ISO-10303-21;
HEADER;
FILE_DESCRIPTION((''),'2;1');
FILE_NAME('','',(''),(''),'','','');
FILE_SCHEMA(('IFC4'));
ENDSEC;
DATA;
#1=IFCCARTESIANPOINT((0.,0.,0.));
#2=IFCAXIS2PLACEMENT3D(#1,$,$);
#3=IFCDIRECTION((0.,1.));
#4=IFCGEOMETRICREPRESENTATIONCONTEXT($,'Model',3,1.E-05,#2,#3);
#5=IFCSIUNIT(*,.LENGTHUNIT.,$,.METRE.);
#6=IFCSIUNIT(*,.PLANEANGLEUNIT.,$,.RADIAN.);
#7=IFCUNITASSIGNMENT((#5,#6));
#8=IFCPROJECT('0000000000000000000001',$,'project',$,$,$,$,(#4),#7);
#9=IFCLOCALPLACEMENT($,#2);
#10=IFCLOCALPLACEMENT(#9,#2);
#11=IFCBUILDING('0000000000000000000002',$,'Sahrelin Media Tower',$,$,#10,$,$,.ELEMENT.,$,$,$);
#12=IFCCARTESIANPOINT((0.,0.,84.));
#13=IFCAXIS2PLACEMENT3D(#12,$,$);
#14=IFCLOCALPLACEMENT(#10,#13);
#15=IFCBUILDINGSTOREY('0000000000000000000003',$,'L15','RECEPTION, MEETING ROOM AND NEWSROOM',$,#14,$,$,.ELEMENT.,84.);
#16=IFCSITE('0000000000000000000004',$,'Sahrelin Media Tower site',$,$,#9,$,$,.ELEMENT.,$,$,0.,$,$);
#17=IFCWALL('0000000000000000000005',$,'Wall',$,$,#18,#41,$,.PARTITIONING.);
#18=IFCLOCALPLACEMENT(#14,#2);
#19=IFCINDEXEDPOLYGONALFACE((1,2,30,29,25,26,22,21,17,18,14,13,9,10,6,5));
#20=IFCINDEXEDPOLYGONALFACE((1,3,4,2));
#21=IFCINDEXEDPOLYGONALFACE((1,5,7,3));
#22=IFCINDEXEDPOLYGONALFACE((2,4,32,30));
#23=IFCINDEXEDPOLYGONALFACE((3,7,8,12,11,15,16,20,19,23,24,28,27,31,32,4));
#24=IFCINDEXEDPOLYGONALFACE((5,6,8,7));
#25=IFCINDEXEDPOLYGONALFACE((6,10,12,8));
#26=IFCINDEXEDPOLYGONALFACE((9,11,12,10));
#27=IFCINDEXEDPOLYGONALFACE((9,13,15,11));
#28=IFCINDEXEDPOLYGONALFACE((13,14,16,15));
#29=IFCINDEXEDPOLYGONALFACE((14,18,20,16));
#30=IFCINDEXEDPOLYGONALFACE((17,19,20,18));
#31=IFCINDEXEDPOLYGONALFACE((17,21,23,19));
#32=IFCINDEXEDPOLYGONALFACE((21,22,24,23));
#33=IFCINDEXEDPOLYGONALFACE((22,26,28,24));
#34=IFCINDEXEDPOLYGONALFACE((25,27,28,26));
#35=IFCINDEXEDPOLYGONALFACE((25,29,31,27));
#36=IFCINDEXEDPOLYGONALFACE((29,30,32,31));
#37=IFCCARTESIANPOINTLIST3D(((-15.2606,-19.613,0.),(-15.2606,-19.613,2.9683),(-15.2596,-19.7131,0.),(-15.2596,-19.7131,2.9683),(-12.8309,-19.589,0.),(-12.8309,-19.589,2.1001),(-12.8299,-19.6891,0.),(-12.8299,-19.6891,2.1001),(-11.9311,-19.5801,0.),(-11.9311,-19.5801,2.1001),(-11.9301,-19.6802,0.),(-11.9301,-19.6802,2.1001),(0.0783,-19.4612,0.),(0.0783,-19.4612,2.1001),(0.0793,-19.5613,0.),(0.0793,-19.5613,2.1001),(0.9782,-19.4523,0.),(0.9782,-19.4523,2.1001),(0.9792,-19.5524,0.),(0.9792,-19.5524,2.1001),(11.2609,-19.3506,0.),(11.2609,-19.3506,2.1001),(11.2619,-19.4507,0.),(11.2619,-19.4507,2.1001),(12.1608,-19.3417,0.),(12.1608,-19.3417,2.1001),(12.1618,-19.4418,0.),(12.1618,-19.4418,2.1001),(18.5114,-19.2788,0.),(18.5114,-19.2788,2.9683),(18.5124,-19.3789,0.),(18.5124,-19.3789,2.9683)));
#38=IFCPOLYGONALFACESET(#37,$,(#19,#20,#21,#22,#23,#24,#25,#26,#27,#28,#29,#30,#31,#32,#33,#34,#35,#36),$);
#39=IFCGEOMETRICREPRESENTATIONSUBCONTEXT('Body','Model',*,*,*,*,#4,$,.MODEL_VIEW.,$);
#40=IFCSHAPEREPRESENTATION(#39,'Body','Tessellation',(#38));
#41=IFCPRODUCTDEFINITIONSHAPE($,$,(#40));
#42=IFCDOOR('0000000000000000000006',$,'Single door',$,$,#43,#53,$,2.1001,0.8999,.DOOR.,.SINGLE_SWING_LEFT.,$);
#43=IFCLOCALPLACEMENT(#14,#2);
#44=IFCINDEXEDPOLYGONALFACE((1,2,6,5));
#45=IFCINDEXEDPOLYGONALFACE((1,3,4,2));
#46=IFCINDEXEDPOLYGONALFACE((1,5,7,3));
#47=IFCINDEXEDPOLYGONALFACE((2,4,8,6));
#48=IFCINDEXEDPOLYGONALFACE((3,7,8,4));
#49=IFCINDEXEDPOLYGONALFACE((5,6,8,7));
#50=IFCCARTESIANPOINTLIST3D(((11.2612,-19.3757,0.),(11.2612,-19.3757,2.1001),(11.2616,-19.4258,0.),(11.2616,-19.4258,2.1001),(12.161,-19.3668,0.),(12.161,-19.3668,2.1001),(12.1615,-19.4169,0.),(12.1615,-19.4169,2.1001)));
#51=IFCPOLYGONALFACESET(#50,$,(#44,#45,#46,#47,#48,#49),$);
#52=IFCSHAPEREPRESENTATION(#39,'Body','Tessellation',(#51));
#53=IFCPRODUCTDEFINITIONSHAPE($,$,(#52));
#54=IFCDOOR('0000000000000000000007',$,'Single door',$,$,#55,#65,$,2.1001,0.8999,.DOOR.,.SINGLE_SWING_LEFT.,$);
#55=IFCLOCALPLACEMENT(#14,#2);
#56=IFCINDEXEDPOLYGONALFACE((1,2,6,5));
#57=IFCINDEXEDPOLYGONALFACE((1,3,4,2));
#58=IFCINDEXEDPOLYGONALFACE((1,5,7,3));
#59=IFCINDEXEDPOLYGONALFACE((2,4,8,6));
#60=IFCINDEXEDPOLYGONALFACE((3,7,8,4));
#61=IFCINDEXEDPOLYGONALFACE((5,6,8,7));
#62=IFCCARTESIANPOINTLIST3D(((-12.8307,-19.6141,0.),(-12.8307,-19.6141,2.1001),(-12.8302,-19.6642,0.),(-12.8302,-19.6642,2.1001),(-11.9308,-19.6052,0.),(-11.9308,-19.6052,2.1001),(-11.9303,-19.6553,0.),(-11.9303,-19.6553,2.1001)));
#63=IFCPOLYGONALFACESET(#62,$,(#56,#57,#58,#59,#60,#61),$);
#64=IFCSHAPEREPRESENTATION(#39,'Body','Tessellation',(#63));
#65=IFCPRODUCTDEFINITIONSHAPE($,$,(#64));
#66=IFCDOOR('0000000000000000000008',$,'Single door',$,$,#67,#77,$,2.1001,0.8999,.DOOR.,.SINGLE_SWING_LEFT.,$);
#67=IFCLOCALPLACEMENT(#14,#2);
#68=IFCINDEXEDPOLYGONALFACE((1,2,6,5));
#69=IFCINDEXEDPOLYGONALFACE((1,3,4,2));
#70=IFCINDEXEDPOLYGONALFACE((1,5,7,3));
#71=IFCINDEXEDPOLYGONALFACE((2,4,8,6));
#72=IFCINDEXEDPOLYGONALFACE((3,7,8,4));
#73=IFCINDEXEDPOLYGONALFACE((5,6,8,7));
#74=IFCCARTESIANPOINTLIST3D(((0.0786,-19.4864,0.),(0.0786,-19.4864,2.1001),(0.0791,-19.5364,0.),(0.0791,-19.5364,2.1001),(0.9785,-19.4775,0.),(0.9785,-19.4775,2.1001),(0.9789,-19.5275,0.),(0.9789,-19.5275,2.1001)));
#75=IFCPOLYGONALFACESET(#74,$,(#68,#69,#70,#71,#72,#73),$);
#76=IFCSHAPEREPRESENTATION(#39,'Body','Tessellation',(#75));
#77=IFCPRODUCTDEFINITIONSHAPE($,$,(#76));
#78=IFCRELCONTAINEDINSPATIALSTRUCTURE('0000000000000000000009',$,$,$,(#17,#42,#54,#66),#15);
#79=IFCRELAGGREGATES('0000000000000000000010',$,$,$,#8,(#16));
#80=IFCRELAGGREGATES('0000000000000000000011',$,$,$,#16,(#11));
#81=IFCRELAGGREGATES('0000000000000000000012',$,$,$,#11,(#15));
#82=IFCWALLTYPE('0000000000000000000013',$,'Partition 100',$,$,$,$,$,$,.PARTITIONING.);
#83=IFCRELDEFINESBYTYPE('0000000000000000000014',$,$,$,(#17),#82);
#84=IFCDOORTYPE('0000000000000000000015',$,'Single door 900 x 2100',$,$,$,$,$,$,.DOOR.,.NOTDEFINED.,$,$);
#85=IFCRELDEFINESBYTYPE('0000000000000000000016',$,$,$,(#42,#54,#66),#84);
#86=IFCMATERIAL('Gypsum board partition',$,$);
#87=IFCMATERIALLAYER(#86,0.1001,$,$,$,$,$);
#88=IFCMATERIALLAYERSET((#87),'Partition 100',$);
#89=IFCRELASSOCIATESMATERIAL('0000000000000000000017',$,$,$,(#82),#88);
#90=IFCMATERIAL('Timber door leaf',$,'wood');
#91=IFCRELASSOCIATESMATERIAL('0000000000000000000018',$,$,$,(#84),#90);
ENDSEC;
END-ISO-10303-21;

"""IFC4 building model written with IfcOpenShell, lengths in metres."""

from ifc_helpers import new_model, si_unit, direction, frame, frame_2d, origin, place, context, subcontext, project, spatial, rectangle, extrude, material, layer, layer_set, type_object, element, fill, save


model = new_model("IFC4")

# Units and contexts
model_context = context("Model", 3, precision=1e-05, world=origin(), true_north=direction((0.0, 1.0)))
body_context = subcontext(model_context, "Body", "Model", "MODEL_VIEW")
ifc_project = project(units=[si_unit("LENGTHUNIT", "METRE"), si_unit("PLANEANGLEUNIT", "RADIAN")], contexts=[model_context])

# Site, building, storey
site_placement = place(None, origin())
site = spatial("IfcSite", under=ifc_project, at=site_placement, Name="Sahrelin Media Tower site", CompositionType="ELEMENT", RefElevation=0.0)
building_placement = place(site_placement, origin())
building = spatial("IfcBuilding", under=site, at=building_placement, Name="Sahrelin Media Tower", CompositionType="ELEMENT")
storey_placement = place(building_placement, frame((0.0, 0.0, 84.0)))
storey = spatial("IfcBuildingStorey", under=building, at=storey_placement, Name="L15", Description="RECEPTION, MEETING ROOM AND NEWSROOM", CompositionType="ELEMENT", Elevation=84.0)

# Wall, openings, doors
ifc_material_1 = material(Name="Gypsum board partition")
ifc_layer_1 = layer(ifc_material_1, 0.1001)
ifc_layer_set_1 = layer_set([ifc_layer_1], Name="Partition 100")
wall_type_1 = type_object("IfcWallType", Name="Partition 100", PredefinedType="PARTITIONING", material=ifc_layer_set_1)
wall_1_placement = place(storey_placement, frame((-15.26, -19.6631, 0.0), z_axis=(0.0, 0.0, 1.0), x_axis=(0.999951, 0.009896, 0.0)))
wall_1 = element("IfcWall", 1, at=wall_1_placement, inside=storey, type_object=wall_type_1, Name="Wall", PredefinedType="PARTITIONING", context=body_context, shape_type="SweptSolid", body=[
    extrude(rectangle(XDim=33.7737, YDim=0.1001, at=frame_2d((16.8867, 0.0))), origin(), (0.0, 0.0, 1.0), 2.9683),
])
opening_1_placement = place(wall_1_placement, frame((26.5227, 0.0, 0.0)))
opening_1 = element("IfcOpeningElement", 2, at=opening_1_placement, cuts=wall_1, PredefinedType="OPENING", context=body_context, shape_type="SweptSolid", body=[
    extrude(rectangle(XDim=0.8999, YDim=2.1001, at=frame_2d((0.45, 1.05))), frame((0.0, 0.05, 0.0), z_axis=(0.0, -1.0, 0.0), x_axis=(1.0, 0.0, 0.0)), (0.0, 0.0, 1.0), 0.1001),
])
opening_2_placement = place(wall_1_placement, frame((2.4297, 0.0, 0.0)))
opening_2 = element("IfcOpeningElement", 3, at=opening_2_placement, cuts=wall_1, PredefinedType="OPENING", context=body_context, shape_type="SweptSolid", body=[
    extrude(rectangle(XDim=0.8999, YDim=2.1001, at=frame_2d((0.45, 1.05))), frame((0.0, 0.05, 0.0), z_axis=(0.0, -1.0, 0.0), x_axis=(1.0, 0.0, 0.0)), (0.0, 0.0, 1.0), 0.1001),
])
opening_3_placement = place(wall_1_placement, frame((15.3396, 0.0, 0.0)))
opening_3 = element("IfcOpeningElement", 4, at=opening_3_placement, cuts=wall_1, PredefinedType="OPENING", context=body_context, shape_type="SweptSolid", body=[
    extrude(rectangle(XDim=0.8999, YDim=2.1001, at=frame_2d((0.45, 1.05))), frame((0.0, 0.05, 0.0), z_axis=(0.0, -1.0, 0.0), x_axis=(1.0, 0.0, 0.0)), (0.0, 0.0, 1.0), 0.1001),
])
ifc_material_2 = material(Name="Timber door leaf", Category="wood")
door_type_1 = type_object("IfcDoorType", Name="Single door 900 x 2100", OperationType="NOTDEFINED", PredefinedType="DOOR", material=ifc_material_2)
door_1_placement = place(opening_1_placement, origin())
door_1 = element("IfcDoor", 5, at=door_1_placement, inside=storey, type_object=door_type_1, Name="Single door", OperationType="SINGLE_SWING_LEFT", OverallHeight=2.1001, OverallWidth=0.8999, PredefinedType="DOOR", context=body_context, shape_type="SweptSolid", body=[
    extrude(rectangle(XDim=0.8999, YDim=2.1001, at=frame_2d((0.45, 1.05))), frame((0.0, 0.0249, 0.0), z_axis=(0.0, -1.0, 0.0), x_axis=(1.0, 0.0, 0.0)), (0.0, 0.0, 1.0), 0.05),
])
fill(opening_1, door_1)
door_2_placement = place(opening_2_placement, origin())
door_2 = element("IfcDoor", 6, at=door_2_placement, inside=storey, type_object=door_type_1, Name="Single door", OperationType="SINGLE_SWING_LEFT", OverallHeight=2.1001, OverallWidth=0.8999, PredefinedType="DOOR", context=body_context, shape_type="SweptSolid", body=[
    extrude(rectangle(XDim=0.8999, YDim=2.1001, at=frame_2d((0.45, 1.05))), frame((0.0, 0.0249, 0.0), z_axis=(0.0, -1.0, 0.0), x_axis=(1.0, 0.0, 0.0)), (0.0, 0.0, 1.0), 0.05),
])
fill(opening_2, door_2)
door_3_placement = place(opening_3_placement, origin())
door_3 = element("IfcDoor", 7, at=door_3_placement, inside=storey, type_object=door_type_1, Name="Single door", OperationType="SINGLE_SWING_LEFT", OverallHeight=2.1001, OverallWidth=0.8999, PredefinedType="DOOR", context=body_context, shape_type="SweptSolid", body=[
    extrude(rectangle(XDim=0.8999, YDim=2.1001, at=frame_2d((0.45, 1.05))), frame((0.0, 0.0249, 0.0), z_axis=(0.0, -1.0, 0.0), x_axis=(1.0, 0.0, 0.0)), (0.0, 0.0, 1.0), 0.05),
])
fill(opening_3, door_3)

save(model, "model.ifc")
